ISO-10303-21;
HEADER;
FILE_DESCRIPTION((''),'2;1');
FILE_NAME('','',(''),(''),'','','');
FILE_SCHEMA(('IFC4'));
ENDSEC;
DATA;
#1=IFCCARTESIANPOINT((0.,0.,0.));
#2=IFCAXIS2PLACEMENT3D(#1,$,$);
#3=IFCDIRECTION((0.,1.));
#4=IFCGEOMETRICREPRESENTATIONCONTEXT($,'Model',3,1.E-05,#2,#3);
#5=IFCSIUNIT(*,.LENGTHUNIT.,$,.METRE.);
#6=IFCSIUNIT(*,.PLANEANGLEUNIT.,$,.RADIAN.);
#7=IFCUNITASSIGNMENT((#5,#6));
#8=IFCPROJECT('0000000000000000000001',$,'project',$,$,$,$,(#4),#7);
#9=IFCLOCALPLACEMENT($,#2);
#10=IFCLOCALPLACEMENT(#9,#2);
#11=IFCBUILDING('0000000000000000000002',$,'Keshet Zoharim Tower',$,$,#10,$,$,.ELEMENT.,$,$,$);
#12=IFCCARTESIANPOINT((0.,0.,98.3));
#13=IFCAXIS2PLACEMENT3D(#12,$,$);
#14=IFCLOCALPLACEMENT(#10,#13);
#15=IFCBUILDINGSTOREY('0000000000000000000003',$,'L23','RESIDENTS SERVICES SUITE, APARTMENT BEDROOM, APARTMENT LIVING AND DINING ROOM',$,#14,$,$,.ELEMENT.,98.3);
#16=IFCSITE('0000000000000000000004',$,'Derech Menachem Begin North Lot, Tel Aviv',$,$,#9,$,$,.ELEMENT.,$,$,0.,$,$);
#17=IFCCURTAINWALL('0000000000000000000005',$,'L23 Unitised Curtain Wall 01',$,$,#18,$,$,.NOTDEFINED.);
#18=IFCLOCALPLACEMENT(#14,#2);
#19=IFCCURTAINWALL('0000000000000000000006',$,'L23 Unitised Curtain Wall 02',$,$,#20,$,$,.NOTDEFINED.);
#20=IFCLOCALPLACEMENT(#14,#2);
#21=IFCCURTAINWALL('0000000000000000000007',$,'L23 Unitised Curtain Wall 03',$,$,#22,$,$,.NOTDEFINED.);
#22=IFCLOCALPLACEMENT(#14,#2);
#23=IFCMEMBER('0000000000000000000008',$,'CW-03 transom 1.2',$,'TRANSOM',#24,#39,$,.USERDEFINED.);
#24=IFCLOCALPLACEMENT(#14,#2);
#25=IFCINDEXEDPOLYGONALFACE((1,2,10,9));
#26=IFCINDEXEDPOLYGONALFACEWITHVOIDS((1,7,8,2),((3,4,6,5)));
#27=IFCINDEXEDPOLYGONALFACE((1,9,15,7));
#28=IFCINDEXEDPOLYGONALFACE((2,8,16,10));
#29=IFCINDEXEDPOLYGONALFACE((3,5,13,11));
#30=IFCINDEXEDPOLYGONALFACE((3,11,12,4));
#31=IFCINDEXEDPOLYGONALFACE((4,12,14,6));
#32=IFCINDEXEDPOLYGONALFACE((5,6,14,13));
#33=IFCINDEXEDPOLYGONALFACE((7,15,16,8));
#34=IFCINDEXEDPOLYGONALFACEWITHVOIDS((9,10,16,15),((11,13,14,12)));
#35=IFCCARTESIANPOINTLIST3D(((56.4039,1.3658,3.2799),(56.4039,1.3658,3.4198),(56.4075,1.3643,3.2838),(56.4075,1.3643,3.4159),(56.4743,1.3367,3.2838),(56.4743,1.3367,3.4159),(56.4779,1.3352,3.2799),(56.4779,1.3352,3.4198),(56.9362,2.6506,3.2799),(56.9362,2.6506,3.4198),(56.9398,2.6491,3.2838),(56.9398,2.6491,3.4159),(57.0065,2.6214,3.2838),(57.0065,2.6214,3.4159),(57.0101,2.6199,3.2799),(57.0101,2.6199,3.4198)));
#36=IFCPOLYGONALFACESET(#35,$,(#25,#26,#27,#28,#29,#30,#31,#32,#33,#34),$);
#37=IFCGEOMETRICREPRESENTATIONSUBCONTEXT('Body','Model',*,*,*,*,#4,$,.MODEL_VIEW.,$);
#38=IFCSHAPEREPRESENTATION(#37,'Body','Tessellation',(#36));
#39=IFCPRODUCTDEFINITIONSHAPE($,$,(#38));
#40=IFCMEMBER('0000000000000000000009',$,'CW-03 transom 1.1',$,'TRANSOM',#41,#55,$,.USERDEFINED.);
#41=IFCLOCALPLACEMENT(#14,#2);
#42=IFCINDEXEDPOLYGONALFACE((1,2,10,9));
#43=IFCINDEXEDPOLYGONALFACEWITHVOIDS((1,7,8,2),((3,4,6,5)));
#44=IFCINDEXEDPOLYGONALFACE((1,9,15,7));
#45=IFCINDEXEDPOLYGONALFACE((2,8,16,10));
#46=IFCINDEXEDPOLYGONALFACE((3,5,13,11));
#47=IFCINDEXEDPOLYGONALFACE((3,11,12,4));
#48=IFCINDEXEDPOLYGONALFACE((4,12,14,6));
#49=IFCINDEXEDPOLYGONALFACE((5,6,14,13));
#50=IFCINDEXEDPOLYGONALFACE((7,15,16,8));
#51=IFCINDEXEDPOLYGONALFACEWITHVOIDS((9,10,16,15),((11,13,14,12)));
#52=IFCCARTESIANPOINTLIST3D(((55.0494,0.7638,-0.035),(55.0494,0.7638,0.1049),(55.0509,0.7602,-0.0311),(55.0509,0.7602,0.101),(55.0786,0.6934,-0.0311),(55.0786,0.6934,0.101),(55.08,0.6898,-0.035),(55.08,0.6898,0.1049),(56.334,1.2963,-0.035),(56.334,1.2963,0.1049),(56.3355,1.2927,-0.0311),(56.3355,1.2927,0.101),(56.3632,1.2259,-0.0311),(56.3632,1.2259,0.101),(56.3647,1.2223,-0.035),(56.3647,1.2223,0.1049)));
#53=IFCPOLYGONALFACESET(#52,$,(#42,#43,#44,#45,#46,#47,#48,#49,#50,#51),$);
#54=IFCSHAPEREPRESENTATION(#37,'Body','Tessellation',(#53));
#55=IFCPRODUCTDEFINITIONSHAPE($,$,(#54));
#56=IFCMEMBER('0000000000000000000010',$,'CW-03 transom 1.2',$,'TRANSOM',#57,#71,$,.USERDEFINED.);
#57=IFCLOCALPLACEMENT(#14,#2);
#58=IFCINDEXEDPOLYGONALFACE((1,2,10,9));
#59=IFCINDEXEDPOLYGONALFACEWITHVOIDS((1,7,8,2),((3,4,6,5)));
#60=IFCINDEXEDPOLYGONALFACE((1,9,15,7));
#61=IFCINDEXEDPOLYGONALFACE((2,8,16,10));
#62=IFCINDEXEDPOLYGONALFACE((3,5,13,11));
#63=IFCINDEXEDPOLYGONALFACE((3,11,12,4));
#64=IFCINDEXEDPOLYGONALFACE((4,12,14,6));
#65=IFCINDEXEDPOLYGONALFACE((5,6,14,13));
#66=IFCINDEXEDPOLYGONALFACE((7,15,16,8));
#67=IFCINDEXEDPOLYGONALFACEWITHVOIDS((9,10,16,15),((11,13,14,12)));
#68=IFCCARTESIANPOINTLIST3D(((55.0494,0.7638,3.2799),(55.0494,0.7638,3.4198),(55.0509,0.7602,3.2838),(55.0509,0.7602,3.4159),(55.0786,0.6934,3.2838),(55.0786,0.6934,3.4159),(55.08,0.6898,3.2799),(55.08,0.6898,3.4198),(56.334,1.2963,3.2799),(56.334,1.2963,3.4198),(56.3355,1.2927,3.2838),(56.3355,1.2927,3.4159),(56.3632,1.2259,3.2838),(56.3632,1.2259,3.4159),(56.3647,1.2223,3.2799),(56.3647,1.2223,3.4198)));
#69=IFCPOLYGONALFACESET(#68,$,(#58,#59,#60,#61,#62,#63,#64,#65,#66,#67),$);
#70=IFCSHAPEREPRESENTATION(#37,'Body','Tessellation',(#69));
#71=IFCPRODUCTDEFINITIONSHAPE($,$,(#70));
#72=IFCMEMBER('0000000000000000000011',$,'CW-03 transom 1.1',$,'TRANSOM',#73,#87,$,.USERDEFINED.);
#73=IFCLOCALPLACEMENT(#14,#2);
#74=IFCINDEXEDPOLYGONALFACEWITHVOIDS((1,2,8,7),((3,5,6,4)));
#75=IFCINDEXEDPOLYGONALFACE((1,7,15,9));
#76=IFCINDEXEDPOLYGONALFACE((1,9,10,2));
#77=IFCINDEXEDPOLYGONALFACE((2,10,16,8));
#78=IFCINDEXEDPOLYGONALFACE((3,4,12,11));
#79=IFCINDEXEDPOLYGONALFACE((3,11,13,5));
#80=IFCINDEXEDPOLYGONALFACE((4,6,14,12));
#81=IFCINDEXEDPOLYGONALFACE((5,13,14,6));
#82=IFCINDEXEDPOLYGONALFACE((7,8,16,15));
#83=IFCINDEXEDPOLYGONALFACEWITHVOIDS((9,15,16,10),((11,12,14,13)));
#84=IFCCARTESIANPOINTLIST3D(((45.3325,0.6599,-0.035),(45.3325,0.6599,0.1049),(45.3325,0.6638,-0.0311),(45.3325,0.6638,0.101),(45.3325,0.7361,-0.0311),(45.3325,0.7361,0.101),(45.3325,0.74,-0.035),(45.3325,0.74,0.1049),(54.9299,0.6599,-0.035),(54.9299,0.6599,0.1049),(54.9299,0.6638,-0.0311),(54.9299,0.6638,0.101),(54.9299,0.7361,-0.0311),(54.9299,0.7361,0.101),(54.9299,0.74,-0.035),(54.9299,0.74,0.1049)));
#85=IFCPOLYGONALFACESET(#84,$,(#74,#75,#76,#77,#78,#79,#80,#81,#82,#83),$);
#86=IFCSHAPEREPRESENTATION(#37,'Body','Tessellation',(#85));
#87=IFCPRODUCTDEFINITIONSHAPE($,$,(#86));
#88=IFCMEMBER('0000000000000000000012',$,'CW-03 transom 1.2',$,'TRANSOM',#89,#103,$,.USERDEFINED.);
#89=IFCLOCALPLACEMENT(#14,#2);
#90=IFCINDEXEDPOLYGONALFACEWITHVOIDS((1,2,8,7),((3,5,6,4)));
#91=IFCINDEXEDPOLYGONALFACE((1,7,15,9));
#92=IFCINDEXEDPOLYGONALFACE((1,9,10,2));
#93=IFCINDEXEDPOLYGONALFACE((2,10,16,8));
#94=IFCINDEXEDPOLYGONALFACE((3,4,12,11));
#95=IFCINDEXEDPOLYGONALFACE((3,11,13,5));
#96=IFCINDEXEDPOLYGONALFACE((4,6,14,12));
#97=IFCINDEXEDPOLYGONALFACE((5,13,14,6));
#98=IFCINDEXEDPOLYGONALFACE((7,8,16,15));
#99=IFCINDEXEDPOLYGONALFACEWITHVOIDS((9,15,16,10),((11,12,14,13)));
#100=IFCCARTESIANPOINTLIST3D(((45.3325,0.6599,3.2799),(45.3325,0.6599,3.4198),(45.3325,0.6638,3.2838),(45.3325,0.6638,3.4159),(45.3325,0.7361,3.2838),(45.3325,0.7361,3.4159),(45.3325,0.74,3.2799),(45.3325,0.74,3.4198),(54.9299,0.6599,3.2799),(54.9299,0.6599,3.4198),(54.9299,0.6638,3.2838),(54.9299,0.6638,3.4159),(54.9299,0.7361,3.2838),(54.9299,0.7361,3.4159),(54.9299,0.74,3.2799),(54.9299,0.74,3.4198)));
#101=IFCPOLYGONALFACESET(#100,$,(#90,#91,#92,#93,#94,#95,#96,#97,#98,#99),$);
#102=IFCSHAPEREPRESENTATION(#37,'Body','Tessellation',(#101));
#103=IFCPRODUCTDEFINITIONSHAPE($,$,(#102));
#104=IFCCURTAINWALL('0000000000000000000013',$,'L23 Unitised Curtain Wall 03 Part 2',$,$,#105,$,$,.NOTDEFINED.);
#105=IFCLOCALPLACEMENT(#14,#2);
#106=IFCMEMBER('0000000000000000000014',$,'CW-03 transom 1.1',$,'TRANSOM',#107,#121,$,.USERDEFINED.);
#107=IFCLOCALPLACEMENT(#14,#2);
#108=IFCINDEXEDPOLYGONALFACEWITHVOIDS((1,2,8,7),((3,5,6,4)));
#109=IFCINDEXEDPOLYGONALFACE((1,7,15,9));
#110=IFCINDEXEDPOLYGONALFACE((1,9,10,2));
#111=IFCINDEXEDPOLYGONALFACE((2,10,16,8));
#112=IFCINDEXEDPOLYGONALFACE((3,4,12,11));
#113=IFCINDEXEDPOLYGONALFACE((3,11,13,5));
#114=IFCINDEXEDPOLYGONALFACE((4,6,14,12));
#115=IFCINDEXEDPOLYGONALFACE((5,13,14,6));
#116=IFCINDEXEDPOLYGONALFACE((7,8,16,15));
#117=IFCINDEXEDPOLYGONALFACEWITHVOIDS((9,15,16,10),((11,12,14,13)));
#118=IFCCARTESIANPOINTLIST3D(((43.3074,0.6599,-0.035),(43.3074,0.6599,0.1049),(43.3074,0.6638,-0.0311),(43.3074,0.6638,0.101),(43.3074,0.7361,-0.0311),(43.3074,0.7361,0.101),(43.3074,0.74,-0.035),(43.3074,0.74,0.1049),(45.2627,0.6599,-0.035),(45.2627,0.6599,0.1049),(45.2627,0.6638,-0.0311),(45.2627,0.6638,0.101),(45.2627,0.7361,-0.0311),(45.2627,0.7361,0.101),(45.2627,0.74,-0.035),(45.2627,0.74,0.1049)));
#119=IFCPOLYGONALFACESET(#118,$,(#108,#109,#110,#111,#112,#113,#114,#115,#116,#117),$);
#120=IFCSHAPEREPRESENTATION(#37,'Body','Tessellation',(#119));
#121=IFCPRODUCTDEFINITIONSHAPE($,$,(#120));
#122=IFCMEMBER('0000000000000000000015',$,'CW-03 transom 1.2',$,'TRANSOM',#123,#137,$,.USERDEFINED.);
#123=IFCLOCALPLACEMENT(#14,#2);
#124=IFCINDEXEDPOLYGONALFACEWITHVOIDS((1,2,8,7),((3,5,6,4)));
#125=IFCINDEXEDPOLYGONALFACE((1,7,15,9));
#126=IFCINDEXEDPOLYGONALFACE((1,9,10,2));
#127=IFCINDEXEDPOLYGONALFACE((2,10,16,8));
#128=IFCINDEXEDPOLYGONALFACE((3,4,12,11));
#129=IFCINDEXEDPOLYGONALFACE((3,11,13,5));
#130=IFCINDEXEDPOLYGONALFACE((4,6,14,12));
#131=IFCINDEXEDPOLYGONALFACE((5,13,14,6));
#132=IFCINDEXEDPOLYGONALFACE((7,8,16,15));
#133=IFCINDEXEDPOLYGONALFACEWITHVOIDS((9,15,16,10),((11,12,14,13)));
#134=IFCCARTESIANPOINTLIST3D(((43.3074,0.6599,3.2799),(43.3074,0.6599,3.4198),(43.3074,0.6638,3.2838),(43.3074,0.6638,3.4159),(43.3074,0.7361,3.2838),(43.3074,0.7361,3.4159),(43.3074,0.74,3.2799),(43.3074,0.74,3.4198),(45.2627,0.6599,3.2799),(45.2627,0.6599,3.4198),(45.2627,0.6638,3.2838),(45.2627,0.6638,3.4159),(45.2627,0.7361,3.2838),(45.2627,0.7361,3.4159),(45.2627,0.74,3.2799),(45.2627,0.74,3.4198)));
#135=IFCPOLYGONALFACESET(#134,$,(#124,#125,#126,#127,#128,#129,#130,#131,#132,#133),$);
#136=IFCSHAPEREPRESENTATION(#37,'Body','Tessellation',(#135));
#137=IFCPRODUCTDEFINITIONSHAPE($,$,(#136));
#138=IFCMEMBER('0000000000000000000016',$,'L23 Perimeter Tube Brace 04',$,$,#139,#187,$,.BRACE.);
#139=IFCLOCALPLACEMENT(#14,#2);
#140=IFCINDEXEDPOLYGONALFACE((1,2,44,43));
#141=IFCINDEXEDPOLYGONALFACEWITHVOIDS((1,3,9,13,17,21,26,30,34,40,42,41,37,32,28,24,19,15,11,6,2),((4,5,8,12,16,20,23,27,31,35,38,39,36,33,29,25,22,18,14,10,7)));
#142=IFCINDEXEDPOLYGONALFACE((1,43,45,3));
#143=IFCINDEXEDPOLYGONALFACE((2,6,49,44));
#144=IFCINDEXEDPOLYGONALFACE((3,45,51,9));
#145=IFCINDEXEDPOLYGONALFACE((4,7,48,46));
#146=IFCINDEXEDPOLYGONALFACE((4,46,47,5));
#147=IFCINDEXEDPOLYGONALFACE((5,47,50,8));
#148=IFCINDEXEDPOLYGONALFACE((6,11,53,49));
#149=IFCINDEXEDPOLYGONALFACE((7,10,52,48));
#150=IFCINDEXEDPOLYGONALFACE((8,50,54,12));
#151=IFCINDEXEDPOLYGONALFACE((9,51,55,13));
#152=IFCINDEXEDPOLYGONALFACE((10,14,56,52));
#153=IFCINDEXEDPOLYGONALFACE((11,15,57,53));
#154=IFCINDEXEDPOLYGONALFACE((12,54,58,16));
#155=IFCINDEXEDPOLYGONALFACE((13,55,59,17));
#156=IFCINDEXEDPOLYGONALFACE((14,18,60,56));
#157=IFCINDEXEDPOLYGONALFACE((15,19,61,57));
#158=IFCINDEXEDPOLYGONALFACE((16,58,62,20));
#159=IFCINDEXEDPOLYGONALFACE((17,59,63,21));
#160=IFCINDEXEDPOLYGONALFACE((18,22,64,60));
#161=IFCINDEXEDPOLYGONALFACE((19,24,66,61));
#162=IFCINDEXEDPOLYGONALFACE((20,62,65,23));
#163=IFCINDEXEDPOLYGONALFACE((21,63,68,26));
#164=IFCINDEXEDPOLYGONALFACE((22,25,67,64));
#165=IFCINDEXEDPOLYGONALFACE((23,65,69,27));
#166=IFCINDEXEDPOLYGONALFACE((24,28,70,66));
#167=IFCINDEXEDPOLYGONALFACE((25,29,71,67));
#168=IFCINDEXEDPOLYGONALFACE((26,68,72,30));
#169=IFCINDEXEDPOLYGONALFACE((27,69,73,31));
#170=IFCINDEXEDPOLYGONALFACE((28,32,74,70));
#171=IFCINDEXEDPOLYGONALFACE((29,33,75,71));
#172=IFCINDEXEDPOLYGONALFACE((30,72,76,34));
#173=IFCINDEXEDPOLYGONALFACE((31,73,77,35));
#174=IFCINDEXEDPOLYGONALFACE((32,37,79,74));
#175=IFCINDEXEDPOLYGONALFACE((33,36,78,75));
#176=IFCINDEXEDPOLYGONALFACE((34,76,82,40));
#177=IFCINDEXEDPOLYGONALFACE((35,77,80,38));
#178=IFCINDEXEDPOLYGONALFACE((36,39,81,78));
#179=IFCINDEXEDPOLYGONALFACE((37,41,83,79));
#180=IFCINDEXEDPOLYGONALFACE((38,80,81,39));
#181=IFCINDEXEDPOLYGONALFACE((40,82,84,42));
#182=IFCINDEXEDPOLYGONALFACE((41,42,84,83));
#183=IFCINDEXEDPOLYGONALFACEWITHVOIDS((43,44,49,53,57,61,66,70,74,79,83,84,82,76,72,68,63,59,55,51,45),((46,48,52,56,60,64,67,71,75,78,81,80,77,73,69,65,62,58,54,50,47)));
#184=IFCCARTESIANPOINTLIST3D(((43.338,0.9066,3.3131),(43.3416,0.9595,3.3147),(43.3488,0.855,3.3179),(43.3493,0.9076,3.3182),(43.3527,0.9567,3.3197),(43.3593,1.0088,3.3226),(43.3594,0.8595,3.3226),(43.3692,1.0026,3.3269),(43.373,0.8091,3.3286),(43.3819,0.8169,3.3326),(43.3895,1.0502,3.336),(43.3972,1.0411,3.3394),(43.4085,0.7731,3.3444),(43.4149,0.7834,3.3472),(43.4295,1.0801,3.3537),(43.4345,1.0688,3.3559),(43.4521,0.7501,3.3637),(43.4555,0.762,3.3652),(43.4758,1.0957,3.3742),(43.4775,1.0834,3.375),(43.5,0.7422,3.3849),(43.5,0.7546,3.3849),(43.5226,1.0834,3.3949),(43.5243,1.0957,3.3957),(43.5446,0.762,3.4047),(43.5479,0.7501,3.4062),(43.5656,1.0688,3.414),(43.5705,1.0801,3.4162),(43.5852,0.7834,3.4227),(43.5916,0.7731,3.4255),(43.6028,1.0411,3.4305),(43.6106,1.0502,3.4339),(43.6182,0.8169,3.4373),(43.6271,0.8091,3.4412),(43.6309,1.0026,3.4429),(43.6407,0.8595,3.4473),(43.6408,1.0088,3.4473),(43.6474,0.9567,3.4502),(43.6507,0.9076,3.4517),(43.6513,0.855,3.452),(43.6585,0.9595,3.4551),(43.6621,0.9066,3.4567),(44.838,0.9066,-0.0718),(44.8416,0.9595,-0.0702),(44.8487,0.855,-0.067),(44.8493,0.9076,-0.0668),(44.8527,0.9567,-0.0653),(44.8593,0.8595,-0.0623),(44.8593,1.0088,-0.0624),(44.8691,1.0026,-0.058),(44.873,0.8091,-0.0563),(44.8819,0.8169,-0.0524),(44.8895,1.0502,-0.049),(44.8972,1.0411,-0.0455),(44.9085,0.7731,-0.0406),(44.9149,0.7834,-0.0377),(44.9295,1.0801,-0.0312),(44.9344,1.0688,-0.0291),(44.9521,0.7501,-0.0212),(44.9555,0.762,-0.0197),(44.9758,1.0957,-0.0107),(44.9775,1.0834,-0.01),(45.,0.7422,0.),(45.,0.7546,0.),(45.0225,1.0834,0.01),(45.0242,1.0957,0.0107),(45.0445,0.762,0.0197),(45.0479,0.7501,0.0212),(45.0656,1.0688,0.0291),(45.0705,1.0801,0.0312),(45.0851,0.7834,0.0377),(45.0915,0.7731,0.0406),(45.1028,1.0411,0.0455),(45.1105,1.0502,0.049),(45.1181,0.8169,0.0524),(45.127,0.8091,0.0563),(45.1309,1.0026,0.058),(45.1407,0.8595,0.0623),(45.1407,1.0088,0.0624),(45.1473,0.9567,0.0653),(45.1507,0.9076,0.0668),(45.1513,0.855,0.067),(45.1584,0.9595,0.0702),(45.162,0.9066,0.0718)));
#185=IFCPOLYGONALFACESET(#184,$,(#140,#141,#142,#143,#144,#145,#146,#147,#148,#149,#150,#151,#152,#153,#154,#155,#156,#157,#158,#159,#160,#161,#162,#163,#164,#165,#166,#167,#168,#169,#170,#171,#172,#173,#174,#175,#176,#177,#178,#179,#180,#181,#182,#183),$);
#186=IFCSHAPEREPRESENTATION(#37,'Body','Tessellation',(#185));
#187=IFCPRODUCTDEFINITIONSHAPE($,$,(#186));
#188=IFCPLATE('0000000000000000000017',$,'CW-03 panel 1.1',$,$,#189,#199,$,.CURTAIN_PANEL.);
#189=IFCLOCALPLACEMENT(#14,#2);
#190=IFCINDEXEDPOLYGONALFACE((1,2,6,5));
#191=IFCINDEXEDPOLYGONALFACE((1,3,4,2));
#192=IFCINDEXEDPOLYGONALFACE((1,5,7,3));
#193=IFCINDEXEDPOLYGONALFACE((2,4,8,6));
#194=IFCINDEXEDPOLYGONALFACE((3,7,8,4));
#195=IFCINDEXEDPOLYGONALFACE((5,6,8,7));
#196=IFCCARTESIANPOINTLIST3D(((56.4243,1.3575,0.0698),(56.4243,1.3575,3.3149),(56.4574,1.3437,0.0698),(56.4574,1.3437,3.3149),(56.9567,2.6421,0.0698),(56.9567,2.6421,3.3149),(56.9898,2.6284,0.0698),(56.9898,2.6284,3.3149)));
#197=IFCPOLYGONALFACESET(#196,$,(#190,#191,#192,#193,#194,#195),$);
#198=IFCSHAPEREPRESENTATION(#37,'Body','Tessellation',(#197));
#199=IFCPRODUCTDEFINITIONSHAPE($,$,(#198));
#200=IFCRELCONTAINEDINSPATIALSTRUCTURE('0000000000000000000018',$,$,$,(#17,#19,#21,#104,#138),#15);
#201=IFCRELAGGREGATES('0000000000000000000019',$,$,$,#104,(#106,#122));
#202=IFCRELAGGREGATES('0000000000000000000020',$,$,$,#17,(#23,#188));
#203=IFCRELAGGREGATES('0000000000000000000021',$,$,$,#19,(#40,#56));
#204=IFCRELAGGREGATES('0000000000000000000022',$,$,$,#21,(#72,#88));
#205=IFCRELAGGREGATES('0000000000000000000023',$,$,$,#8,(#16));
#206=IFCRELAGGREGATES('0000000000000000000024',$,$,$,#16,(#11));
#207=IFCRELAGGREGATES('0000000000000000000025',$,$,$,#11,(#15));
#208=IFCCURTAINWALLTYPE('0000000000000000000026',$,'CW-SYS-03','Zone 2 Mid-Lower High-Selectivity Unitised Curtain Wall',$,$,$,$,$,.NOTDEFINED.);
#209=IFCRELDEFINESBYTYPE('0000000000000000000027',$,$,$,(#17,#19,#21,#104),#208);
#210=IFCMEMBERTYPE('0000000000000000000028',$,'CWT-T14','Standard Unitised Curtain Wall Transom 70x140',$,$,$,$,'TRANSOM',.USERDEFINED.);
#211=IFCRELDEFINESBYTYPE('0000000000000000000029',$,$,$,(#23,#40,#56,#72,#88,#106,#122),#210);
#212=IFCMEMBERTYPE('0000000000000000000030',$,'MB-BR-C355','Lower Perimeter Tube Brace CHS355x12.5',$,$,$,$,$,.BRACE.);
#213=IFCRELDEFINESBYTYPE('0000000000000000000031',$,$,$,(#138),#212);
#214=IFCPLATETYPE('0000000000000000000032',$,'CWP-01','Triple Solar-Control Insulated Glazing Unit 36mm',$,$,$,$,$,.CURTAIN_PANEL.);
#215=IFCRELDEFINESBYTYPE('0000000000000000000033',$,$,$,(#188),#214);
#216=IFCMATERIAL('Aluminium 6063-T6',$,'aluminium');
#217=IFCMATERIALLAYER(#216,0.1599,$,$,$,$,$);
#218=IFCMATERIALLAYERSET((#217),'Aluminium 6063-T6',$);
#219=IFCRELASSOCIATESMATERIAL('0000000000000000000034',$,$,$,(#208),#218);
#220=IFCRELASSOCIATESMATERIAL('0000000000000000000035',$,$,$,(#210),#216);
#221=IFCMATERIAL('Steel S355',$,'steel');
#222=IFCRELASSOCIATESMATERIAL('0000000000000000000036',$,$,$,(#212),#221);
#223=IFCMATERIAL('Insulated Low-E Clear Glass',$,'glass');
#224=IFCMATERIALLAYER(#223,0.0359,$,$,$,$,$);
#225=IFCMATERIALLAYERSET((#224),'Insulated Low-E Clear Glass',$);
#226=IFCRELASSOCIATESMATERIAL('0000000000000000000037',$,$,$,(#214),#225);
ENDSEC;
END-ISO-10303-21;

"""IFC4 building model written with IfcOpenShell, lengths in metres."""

from ifc_helpers import new_model, si_unit, direction, frame, origin, origin_2d, place, context, subcontext, project, spatial, rectangle, hollow_rectangle, hollow_circle, extrude, material, layer, layer_set, material_profile, profile_set, type_object, element, aggregate, save


model = new_model("IFC4")

# Units and contexts
model_context = context("Model", 3, precision=1e-05, world=origin(), true_north=direction((0.0, 1.0)))
body_context = subcontext(model_context, "Body", "Model", "MODEL_VIEW")
ifc_project = project(units=[si_unit("LENGTHUNIT", "METRE"), si_unit("PLANEANGLEUNIT", "RADIAN")], contexts=[model_context])

# Site, building, storey
site_placement = place(None, origin())
site = spatial("IfcSite", under=ifc_project, at=site_placement, Name="Derech Menachem Begin North Lot, Tel Aviv", CompositionType="ELEMENT", RefElevation=0.0)
building_placement = place(site_placement, origin())
building = spatial("IfcBuilding", under=site, at=building_placement, Name="Keshet Zoharim Tower", CompositionType="ELEMENT")
storey_placement = place(building_placement, frame((0.0, 0.0, 98.3)))
storey = spatial("IfcBuildingStorey", under=building, at=storey_placement, Name="L23", Description="RESIDENTS SERVICES SUITE, APARTMENT BEDROOM, APARTMENT LIVING AND DINING ROOM", CompositionType="ELEMENT", Elevation=98.3)

# Shared definitions
ifc_material_1 = material(Name="Steel S355", Category="steel")

# Curtain walls
ifc_material_2 = material(Name="Aluminium 6063-T6", Category="aluminium")
ifc_layer_1 = layer(ifc_material_2, 0.1599)
ifc_layer_set_1 = layer_set([ifc_layer_1], Name="Aluminium 6063-T6")
curtain_wall_type = type_object("IfcCurtainWallType", Name="CW-SYS-03", Description="Zone 2 Mid-Lower High-Selectivity Unitised Curtain Wall", PredefinedType="NOTDEFINED", material=ifc_layer_set_1)
curtain_wall_1_placement = place(storey_placement, origin())
curtain_wall_1 = element("IfcCurtainWall", 1, at=curtain_wall_1_placement, inside=storey, type_object=curtain_wall_type, Name="L23 Unitised Curtain Wall 01", PredefinedType="NOTDEFINED")
curtain_wall_2_placement = place(storey_placement, origin())
curtain_wall_2 = element("IfcCurtainWall", 2, at=curtain_wall_2_placement, inside=storey, type_object=curtain_wall_type, Name="L23 Unitised Curtain Wall 02", PredefinedType="NOTDEFINED")
curtain_wall_3_placement = place(storey_placement, origin())
curtain_wall_3 = element("IfcCurtainWall", 3, at=curtain_wall_3_placement, inside=storey, type_object=curtain_wall_type, Name="L23 Unitised Curtain Wall 03", PredefinedType="NOTDEFINED")

# Members
ifc_material_profile_1 = material_profile(ifc_material_2, hollow_rectangle(XDim=0.0801, YDim=0.1399, WallThickness=0.0039, at=origin_2d()), Name="TRN-80x140")
ifc_profile_set_1 = profile_set([ifc_material_profile_1], Name="Aluminium 6063-T6")
member_type_1 = type_object("IfcMemberType", Name="CWT-T14", Description="Standard Unitised Curtain Wall Transom 70x140", ElementType="TRANSOM", PredefinedType="USERDEFINED", material=ifc_profile_set_1)
member_1_placement = place(storey_placement, frame((56.9731, 2.6353, 3.3499), z_axis=(-0.382745, -0.923854, 0.0), x_axis=(0.923854, -0.382745, 0.0)))
member_1 = element("IfcMember", 4, at=member_1_placement, type_object=member_type_1, Name="CW-03 transom 1.2", ObjectType="TRANSOM", PredefinedType="USERDEFINED", context=body_context, shape_type="SweptSolid", body=[
    extrude(hollow_rectangle(XDim=0.0801, YDim=0.1399, WallThickness=0.0039, at=origin_2d()), origin(), (0.0, 0.0, 1.0), 1.3906),
])
member_2_placement = place(storey_placement, frame((56.3494, 1.2593, 0.0349), z_axis=(-0.923792, -0.382894, 0.0), x_axis=(0.382894, -0.923792, 0.0)))
member_2 = element("IfcMember", 5, at=member_2_placement, type_object=member_type_1, Name="CW-03 transom 1.1", ObjectType="TRANSOM", PredefinedType="USERDEFINED", context=body_context, shape_type="SweptSolid", body=[
    extrude(hollow_rectangle(XDim=0.0801, YDim=0.1399, WallThickness=0.0039, at=origin_2d()), origin(), (0.0, 0.0, 1.0), 1.3906),
])
member_3_placement = place(storey_placement, frame((56.3494, 1.2593, 3.3499), z_axis=(-0.923792, -0.382894, 0.0), x_axis=(0.382894, -0.923792, 0.0)))
member_3 = element("IfcMember", 6, at=member_3_placement, type_object=member_type_1, Name="CW-03 transom 1.2", ObjectType="TRANSOM", PredefinedType="USERDEFINED", context=body_context, shape_type="SweptSolid", body=[
    extrude(hollow_rectangle(XDim=0.0801, YDim=0.1399, WallThickness=0.0039, at=origin_2d()), origin(), (0.0, 0.0, 1.0), 1.3906),
])
member_4_placement = place(storey_placement, frame((54.9299, 0.7, 0.0349), z_axis=(-1.0, 0.0, 0.0), x_axis=(0.0, -1.0, 0.0)))
member_4 = element("IfcMember", 7, at=member_4_placement, type_object=member_type_1, Name="CW-03 transom 1.1", ObjectType="TRANSOM", PredefinedType="USERDEFINED", context=body_context, shape_type="SweptSolid", body=[
    extrude(hollow_rectangle(XDim=0.0801, YDim=0.1399, WallThickness=0.0039, at=origin_2d()), origin(), (0.0, 0.0, 1.0), 9.5974),
])
member_5_placement = place(storey_placement, frame((54.9299, 0.7, 3.3499), z_axis=(-1.0, 0.0, 0.0), x_axis=(0.0, -1.0, 0.0)))
member_5 = element("IfcMember", 8, at=member_5_placement, type_object=member_type_1, Name="CW-03 transom 1.2", ObjectType="TRANSOM", PredefinedType="USERDEFINED", context=body_context, shape_type="SweptSolid", body=[
    extrude(hollow_rectangle(XDim=0.0801, YDim=0.1399, WallThickness=0.0039, at=origin_2d()), origin(), (0.0, 0.0, 1.0), 9.5974),
])

# Curtain wall, members
curtain_wall_4_placement = place(storey_placement, origin())
curtain_wall_4 = element("IfcCurtainWall", 9, at=curtain_wall_4_placement, inside=storey, type_object=curtain_wall_type, Name="L23 Unitised Curtain Wall 03 Part 2", PredefinedType="NOTDEFINED")
member_6_placement = place(storey_placement, frame((45.2627, 0.7, 0.0349), z_axis=(-1.0, 0.0, 0.0), x_axis=(0.0, -1.0, 0.0)))
member_6 = element("IfcMember", 10, at=member_6_placement, type_object=member_type_1, Name="CW-03 transom 1.1", ObjectType="TRANSOM", PredefinedType="USERDEFINED", context=body_context, shape_type="SweptSolid", body=[
    extrude(hollow_rectangle(XDim=0.0801, YDim=0.1399, WallThickness=0.0039, at=origin_2d()), origin(), (0.0, 0.0, 1.0), 1.9553),
])
member_7_placement = place(storey_placement, frame((45.2627, 0.7, 3.3499), z_axis=(-1.0, 0.0, 0.0), x_axis=(0.0, -1.0, 0.0)))
member_7 = element("IfcMember", 11, at=member_7_placement, type_object=member_type_1, Name="CW-03 transom 1.2", ObjectType="TRANSOM", PredefinedType="USERDEFINED", context=body_context, shape_type="SweptSolid", body=[
    extrude(hollow_rectangle(XDim=0.0801, YDim=0.1399, WallThickness=0.0039, at=origin_2d()), origin(), (0.0, 0.0, 1.0), 1.9553),
])
aggregate(curtain_wall_4, [member_6, member_7])

# Member
ifc_material_profile_2 = material_profile(ifc_material_1, hollow_circle(Radius=0.1777, WallThickness=0.0125, at=origin_2d()), Name="CHS355x12.5")
ifc_profile_set_2 = profile_set([ifc_material_profile_2], Name="Steel S355")
member_type_2 = type_object("IfcMemberType", Name="MB-BR-C355", Description="Lower Perimeter Tube Brace CHS355x12.5", PredefinedType="BRACE", material=ifc_profile_set_2)
member_8_placement = place(storey_placement, frame((45.0, 0.9199, 0.0), z_axis=(-0.405135, 0.0, 0.914257), x_axis=(0.0, -1.0, 0.0)))
element("IfcMember", 12, at=member_8_placement, inside=storey, type_object=member_type_2, Name="L23 Perimeter Tube Brace 04", PredefinedType="BRACE", context=body_context, shape_type="SweptSolid", body=[
    extrude(hollow_circle(Radius=0.1777, WallThickness=0.0125, at=origin_2d()), origin(), (0.0, 0.0, 1.0), 3.7024),
])

# Plate
ifc_material_3 = material(Name="Insulated Low-E Clear Glass", Category="glass")
ifc_layer_2 = layer(ifc_material_3, 0.0359)
ifc_layer_set_2 = layer_set([ifc_layer_2], Name="Insulated Low-E Clear Glass")
plate_type = type_object("IfcPlateType", Name="CWP-01", Description="Triple Solar-Control Insulated Glazing Unit 36mm", PredefinedType="CURTAIN_PANEL", material=ifc_layer_set_2)
plate_1_placement = place(storey_placement, frame((56.707, 1.9929, 0.0698), z_axis=(0.0, 0.0, 1.0), x_axis=(-0.382852, -0.92381, 0.0)))
plate_1 = element("IfcPlate", 13, at=plate_1_placement, type_object=plate_type, Name="CW-03 panel 1.1", PredefinedType="CURTAIN_PANEL", context=body_context, shape_type="SweptSolid", body=[
    extrude(rectangle(XDim=1.3906, YDim=0.0359, at=origin_2d()), origin(), (0.0, 0.0, 1.0), 3.2451),
])
aggregate(curtain_wall_1, [member_1, plate_1])
aggregate(curtain_wall_2, [member_2, member_3])
aggregate(curtain_wall_3, [member_4, member_5])

save(model, "model.ifc")
